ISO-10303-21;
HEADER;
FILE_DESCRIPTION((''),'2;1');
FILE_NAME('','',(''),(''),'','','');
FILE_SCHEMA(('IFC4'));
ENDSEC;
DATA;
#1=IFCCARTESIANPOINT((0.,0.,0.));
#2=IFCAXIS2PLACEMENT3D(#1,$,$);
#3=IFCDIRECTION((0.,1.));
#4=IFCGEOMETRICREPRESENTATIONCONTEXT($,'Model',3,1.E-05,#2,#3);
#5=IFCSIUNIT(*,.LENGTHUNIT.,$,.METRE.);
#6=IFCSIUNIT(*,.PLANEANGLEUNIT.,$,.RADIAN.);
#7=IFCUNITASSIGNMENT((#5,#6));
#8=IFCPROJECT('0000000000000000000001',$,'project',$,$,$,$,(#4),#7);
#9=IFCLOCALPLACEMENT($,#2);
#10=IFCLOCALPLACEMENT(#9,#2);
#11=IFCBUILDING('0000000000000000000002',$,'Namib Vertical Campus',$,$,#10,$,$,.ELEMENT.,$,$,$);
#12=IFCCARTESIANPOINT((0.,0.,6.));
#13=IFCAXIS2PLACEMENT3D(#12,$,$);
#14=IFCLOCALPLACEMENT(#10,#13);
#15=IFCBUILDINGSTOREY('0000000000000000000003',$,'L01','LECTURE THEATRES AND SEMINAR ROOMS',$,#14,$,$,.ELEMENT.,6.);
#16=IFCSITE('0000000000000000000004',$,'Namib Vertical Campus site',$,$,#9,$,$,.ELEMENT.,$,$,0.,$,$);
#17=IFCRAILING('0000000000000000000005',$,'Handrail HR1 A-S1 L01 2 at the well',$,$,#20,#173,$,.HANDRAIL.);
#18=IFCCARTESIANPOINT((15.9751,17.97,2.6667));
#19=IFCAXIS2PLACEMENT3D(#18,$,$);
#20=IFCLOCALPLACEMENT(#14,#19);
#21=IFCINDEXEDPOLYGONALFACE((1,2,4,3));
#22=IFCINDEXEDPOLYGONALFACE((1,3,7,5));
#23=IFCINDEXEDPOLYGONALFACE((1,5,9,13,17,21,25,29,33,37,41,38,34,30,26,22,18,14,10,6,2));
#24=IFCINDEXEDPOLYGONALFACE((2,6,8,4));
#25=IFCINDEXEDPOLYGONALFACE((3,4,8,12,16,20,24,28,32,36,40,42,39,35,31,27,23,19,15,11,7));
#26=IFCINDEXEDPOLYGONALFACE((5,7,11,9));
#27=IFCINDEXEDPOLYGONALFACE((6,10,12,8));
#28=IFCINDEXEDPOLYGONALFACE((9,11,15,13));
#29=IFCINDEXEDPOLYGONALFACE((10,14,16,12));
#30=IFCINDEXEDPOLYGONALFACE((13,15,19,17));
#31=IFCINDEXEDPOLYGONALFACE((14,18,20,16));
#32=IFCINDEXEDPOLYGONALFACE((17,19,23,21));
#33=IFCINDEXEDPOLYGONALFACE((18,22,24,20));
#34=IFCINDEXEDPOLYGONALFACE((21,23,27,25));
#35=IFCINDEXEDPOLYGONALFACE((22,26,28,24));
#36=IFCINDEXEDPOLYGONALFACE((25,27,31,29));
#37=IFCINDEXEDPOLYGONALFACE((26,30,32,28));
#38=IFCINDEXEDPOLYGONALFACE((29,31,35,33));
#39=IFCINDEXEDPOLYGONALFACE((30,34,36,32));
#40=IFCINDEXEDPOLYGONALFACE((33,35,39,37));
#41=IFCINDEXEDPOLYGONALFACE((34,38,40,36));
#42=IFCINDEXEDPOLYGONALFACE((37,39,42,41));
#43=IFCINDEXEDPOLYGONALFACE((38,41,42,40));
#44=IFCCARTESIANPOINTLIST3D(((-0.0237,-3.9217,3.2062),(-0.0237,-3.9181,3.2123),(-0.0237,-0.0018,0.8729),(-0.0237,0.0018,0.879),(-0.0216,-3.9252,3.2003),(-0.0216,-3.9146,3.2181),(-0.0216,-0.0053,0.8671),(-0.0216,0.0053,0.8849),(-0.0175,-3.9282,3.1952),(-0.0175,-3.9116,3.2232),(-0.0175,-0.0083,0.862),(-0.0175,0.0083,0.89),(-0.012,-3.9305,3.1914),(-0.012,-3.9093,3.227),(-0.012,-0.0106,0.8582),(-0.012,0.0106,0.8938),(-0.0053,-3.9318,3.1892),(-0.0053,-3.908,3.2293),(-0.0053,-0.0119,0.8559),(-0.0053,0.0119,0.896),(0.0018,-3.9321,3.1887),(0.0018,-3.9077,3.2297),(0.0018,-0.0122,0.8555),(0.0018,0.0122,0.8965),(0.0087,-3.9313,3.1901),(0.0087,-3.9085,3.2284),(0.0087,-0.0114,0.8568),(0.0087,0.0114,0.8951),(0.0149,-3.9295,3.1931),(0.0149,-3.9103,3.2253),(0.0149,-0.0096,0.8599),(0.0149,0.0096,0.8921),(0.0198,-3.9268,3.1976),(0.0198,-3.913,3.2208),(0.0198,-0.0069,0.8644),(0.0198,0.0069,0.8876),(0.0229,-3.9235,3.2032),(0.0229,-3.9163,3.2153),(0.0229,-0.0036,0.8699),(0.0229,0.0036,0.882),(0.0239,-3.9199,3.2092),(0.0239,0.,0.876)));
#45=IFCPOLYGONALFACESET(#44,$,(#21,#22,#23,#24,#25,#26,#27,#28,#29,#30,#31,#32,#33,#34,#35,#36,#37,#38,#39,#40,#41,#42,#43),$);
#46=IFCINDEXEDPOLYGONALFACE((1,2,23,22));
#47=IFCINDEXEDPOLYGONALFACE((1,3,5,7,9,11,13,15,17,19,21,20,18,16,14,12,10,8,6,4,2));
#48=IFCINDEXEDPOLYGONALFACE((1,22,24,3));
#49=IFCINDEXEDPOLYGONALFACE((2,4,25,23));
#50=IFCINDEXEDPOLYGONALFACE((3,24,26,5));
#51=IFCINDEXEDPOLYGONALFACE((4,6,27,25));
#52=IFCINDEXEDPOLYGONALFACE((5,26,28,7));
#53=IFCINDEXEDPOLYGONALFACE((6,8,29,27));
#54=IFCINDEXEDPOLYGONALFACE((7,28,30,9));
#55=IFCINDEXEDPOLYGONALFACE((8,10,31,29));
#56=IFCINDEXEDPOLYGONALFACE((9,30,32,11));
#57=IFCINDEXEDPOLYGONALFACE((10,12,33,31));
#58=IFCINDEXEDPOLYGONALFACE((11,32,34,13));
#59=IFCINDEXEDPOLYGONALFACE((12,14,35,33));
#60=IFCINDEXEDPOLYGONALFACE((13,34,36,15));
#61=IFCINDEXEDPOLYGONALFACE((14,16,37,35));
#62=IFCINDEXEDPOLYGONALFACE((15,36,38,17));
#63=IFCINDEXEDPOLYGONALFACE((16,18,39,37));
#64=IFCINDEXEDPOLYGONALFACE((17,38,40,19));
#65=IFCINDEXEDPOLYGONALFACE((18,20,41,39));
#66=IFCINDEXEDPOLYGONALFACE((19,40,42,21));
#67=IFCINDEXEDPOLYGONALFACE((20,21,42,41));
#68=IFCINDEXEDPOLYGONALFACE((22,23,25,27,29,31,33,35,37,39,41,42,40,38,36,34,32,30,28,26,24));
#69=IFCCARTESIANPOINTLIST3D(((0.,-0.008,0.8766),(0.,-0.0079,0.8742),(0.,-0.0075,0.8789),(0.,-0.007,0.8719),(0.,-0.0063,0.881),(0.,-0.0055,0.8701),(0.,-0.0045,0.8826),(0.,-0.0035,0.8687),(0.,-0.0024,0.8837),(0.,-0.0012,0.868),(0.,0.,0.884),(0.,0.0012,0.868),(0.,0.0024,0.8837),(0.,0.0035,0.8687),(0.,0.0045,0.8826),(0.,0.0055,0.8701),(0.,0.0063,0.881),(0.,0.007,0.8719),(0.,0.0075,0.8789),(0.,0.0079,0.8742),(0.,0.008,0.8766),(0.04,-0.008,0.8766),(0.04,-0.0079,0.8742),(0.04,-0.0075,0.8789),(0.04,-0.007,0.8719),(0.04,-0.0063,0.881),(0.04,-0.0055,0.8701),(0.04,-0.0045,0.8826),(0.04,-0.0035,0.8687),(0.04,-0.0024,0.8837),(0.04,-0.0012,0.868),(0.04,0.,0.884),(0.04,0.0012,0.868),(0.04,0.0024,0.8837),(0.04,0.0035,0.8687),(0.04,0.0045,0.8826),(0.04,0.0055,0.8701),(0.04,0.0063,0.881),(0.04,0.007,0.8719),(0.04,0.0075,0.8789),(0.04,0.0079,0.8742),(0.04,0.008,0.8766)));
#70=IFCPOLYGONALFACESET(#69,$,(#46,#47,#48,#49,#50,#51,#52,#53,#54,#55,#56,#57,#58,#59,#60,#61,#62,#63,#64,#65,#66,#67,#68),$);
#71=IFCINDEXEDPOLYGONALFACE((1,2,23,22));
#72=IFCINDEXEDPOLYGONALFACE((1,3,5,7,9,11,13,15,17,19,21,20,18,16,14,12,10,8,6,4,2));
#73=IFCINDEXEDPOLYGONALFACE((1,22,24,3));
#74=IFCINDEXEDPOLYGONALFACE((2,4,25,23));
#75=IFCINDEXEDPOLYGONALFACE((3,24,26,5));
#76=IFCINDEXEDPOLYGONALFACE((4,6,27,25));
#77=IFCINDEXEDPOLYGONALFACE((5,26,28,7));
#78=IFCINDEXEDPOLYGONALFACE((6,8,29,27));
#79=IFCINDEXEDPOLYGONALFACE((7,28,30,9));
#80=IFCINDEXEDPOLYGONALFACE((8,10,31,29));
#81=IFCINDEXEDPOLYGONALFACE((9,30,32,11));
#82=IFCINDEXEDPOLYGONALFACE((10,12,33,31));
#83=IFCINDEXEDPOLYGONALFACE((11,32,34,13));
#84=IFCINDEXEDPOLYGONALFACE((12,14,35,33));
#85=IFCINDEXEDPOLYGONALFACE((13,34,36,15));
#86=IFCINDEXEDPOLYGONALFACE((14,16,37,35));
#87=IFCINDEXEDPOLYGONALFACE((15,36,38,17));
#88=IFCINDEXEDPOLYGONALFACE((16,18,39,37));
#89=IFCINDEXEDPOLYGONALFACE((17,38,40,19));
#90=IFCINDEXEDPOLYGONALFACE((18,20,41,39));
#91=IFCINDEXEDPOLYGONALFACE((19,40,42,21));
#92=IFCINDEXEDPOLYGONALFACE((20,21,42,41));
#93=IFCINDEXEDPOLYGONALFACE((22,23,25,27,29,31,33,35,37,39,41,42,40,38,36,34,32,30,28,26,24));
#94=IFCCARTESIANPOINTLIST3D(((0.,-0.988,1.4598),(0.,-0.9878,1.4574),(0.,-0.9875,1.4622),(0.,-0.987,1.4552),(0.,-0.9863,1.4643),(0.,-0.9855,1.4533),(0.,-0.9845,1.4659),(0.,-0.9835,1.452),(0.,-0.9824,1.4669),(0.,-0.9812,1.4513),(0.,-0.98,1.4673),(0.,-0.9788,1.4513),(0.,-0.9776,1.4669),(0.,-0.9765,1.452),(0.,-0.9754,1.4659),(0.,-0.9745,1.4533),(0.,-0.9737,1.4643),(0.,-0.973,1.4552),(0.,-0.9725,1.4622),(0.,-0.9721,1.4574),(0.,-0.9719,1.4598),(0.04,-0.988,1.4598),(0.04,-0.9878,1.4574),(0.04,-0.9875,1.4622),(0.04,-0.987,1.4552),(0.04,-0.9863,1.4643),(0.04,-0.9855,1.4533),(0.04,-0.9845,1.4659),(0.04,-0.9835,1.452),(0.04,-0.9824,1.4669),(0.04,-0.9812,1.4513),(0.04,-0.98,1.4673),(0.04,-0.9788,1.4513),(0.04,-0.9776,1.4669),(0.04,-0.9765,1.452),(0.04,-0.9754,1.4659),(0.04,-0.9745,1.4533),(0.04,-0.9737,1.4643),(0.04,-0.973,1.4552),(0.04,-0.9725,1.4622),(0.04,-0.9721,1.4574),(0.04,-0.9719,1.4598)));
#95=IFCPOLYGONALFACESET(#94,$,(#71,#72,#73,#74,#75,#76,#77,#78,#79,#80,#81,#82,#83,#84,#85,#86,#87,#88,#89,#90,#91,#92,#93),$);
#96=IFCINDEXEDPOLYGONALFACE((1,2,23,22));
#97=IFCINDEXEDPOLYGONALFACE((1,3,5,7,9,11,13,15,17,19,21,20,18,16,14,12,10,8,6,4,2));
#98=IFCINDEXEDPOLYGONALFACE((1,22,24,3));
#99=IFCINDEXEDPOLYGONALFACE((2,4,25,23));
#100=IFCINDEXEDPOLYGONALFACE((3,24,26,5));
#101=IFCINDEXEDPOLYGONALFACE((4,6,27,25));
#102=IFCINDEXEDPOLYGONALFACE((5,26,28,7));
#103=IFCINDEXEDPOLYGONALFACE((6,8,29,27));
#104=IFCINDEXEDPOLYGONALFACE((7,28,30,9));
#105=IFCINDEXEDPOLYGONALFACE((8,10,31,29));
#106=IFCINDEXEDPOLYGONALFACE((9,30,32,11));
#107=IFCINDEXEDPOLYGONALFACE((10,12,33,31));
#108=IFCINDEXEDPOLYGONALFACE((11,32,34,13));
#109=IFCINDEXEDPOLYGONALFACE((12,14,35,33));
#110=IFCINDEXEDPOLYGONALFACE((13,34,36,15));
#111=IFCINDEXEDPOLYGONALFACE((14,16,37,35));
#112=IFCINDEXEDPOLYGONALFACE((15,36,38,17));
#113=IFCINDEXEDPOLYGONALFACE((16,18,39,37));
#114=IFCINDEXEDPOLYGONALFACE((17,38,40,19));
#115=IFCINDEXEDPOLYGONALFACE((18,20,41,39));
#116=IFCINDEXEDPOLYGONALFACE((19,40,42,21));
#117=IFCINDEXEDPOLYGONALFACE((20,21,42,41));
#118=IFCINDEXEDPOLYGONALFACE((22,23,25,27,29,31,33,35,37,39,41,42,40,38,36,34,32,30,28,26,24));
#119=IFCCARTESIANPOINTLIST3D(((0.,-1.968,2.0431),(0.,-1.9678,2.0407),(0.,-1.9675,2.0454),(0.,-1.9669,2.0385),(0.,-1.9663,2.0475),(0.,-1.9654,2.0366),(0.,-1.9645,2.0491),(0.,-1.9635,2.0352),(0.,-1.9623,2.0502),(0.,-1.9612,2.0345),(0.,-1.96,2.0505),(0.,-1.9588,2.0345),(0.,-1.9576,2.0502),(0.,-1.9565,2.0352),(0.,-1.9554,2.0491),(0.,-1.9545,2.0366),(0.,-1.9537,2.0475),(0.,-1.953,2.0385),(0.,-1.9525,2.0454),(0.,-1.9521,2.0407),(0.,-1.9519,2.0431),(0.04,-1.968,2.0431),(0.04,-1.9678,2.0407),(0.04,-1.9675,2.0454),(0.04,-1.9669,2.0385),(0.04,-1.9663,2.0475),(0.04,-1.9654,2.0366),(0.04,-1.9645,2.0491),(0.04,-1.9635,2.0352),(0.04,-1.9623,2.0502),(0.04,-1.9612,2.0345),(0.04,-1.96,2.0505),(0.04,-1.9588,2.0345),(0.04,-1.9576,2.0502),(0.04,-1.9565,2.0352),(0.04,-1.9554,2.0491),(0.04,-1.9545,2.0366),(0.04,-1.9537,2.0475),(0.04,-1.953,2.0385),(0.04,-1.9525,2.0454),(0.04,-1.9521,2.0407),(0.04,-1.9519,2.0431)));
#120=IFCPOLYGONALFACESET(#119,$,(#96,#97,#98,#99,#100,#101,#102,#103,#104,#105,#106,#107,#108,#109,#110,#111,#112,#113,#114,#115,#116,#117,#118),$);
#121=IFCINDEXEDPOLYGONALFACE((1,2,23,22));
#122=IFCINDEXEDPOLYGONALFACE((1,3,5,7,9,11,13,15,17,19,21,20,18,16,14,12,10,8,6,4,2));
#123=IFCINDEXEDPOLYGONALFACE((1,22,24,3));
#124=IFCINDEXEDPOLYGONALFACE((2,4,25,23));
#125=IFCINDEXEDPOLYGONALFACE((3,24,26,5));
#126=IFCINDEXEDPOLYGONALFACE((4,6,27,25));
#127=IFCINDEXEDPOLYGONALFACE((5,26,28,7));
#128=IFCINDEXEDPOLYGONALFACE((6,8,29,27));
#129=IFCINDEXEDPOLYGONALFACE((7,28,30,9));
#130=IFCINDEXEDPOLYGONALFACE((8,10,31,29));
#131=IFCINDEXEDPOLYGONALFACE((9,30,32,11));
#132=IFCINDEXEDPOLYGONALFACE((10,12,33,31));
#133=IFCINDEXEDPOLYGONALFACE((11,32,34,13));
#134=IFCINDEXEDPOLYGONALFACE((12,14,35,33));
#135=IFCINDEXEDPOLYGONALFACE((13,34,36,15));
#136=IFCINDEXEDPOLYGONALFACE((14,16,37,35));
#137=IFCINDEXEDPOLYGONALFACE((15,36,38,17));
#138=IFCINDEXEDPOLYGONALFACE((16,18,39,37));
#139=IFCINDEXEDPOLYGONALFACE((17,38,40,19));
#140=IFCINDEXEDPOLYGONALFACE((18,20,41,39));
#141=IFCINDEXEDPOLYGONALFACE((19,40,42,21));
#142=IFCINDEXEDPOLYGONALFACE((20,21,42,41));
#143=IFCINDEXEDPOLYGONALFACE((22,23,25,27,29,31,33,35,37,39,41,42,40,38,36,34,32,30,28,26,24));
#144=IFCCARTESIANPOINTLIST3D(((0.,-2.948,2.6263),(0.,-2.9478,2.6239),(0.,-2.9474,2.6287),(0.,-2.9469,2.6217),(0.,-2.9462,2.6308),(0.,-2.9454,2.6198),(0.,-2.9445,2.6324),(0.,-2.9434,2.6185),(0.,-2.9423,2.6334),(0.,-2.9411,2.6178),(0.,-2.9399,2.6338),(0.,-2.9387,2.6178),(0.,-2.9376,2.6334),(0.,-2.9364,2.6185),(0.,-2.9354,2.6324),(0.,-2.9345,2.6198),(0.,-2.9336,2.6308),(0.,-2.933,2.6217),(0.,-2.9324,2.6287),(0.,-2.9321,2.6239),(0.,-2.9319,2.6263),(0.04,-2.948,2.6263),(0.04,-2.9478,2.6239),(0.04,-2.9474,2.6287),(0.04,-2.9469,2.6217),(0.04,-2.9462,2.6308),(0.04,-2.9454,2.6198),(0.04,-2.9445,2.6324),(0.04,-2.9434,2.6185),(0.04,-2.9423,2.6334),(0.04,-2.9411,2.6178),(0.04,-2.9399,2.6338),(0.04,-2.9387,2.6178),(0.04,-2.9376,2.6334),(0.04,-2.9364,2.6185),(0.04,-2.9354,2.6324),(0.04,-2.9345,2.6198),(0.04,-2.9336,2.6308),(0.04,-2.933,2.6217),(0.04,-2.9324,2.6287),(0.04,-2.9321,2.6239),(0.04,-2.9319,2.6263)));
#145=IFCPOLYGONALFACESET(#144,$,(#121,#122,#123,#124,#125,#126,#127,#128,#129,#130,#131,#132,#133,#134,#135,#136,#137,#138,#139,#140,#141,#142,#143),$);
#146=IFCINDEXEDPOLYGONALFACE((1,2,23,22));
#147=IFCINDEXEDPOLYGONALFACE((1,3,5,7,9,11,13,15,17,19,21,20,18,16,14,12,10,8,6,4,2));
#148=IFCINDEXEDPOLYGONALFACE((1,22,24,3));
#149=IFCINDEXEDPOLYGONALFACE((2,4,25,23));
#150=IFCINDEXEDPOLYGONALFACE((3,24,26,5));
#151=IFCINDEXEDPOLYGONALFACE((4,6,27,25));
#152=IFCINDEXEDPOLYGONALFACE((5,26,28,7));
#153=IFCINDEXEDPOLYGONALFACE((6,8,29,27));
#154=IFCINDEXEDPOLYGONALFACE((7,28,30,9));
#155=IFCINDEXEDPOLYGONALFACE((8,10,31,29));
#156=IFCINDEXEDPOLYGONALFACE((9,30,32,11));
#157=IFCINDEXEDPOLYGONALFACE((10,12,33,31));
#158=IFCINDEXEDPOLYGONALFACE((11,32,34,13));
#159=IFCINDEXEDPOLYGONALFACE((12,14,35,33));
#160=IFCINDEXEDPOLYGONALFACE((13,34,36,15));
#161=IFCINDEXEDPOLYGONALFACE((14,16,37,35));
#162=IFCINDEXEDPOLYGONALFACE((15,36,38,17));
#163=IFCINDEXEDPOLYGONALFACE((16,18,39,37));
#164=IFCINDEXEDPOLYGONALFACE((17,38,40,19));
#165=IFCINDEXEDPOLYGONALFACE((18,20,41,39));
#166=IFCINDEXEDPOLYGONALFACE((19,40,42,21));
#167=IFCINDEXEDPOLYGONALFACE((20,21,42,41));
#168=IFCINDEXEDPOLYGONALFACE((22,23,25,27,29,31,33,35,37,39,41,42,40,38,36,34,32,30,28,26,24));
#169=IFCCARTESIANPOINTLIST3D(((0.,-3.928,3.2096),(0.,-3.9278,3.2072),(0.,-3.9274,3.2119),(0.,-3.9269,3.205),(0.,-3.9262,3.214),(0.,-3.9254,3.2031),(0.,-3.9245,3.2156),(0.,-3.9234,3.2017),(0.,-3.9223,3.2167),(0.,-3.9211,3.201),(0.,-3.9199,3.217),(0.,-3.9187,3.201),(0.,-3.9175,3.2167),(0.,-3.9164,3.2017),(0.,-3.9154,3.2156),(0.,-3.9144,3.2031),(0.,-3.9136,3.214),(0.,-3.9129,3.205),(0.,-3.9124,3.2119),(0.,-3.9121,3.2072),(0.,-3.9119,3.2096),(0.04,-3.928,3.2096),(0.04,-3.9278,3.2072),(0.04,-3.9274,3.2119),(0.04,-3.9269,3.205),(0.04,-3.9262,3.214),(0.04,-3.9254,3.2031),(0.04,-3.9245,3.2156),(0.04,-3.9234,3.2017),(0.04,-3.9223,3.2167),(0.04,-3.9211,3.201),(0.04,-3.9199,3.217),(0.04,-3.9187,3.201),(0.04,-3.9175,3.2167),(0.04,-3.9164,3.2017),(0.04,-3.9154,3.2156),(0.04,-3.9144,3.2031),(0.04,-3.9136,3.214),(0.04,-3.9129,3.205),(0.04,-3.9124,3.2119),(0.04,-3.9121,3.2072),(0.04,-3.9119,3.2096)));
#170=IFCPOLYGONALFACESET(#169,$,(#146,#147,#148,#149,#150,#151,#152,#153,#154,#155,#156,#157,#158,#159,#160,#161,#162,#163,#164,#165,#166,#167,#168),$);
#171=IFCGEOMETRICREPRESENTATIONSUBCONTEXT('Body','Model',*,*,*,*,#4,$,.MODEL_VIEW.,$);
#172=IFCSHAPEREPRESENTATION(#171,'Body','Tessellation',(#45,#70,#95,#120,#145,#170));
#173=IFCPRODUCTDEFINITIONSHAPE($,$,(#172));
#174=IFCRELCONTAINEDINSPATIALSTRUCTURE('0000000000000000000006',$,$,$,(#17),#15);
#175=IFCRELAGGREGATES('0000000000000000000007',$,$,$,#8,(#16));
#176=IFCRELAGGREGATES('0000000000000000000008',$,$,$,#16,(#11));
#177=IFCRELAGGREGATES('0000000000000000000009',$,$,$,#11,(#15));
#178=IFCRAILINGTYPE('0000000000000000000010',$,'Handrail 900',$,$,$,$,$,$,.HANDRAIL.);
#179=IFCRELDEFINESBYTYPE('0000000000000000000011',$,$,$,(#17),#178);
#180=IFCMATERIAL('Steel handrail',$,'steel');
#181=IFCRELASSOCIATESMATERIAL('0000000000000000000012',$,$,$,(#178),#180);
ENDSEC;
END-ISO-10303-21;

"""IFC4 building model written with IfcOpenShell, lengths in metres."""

from ifc_helpers import new_model, si_unit, direction, frame, origin, origin_2d, place, context, subcontext, project, spatial, circle, extrude, material, type_object, element, save


model = new_model("IFC4")

# Units and contexts
model_context = context("Model", 3, precision=1e-05, world=origin(), true_north=direction((0.0, 1.0)))
body_context = subcontext(model_context, "Body", "Model", "MODEL_VIEW")
ifc_project = project(units=[si_unit("LENGTHUNIT", "METRE"), si_unit("PLANEANGLEUNIT", "RADIAN")], contexts=[model_context])

# Site, building, storey
site_placement = place(None, origin())
site = spatial("IfcSite", under=ifc_project, at=site_placement, Name="Namib Vertical Campus site", CompositionType="ELEMENT", RefElevation=0.0)
building_placement = place(site_placement, origin())
building = spatial("IfcBuilding", under=site, at=building_placement, Name="Namib Vertical Campus", CompositionType="ELEMENT")
storey_placement = place(building_placement, frame((0.0, 0.0, 6.0)))
storey = spatial("IfcBuildingStorey", under=building, at=storey_placement, Name="L01", Description="LECTURE THEATRES AND SEMINAR ROOMS", CompositionType="ELEMENT", Elevation=6.0)

# Railing
ifc_material_1 = material(Name="Steel handrail", Category="steel")
railing_type_1 = type_object("IfcRailingType", Name="Handrail 900", PredefinedType="HANDRAIL", material=ifc_material_1)
railing_1_placement = place(storey_placement, frame((15.9751, 17.97, 2.6667)))
element("IfcRailing", 1, at=railing_1_placement, inside=storey, type_object=railing_type_1, Name="Handrail HR1 A-S1 L01 2 at the well", PredefinedType="HANDRAIL", context=body_context, shape_type="SweptSolid", body=[
    extrude(circle(Radius=0.0239, at=origin_2d()), frame((0.0, 0.0, 0.876), z_axis=(0.0, -0.859296, 0.511478), x_axis=(1.0, 0.0, 0.0)), (0.0, 0.0, 1.0), 4.5618),
    extrude(circle(Radius=0.0081, at=origin_2d()), frame((0.0, 0.0, 0.876), z_axis=(1.0, 0.0, 0.0), x_axis=(0.0, 0.0, 1.0)), (0.0, 0.0, 1.0), 0.04),
    extrude(circle(Radius=0.0081, at=origin_2d()), frame((0.0, -0.98, 1.4592), z_axis=(1.0, 0.0, 0.0), x_axis=(0.0, 0.0, 1.0)), (0.0, 0.0, 1.0), 0.04),
    extrude(circle(Radius=0.0081, at=origin_2d()), frame((0.0, -1.96, 2.0425), z_axis=(1.0, 0.0, 0.0), x_axis=(0.0, 0.0, 1.0)), (0.0, 0.0, 1.0), 0.04),
    extrude(circle(Radius=0.0081, at=origin_2d()), frame((0.0, -2.9399, 2.6257), z_axis=(1.0, 0.0, 0.0), x_axis=(0.0, 0.0, 1.0)), (0.0, 0.0, 1.0), 0.04),
    extrude(circle(Radius=0.0081, at=origin_2d()), frame((0.0, -3.9199, 3.209), z_axis=(1.0, 0.0, 0.0), x_axis=(0.0, 0.0, 1.0)), (0.0, 0.0, 1.0), 0.04),
])

save(model, "model.ifc")
